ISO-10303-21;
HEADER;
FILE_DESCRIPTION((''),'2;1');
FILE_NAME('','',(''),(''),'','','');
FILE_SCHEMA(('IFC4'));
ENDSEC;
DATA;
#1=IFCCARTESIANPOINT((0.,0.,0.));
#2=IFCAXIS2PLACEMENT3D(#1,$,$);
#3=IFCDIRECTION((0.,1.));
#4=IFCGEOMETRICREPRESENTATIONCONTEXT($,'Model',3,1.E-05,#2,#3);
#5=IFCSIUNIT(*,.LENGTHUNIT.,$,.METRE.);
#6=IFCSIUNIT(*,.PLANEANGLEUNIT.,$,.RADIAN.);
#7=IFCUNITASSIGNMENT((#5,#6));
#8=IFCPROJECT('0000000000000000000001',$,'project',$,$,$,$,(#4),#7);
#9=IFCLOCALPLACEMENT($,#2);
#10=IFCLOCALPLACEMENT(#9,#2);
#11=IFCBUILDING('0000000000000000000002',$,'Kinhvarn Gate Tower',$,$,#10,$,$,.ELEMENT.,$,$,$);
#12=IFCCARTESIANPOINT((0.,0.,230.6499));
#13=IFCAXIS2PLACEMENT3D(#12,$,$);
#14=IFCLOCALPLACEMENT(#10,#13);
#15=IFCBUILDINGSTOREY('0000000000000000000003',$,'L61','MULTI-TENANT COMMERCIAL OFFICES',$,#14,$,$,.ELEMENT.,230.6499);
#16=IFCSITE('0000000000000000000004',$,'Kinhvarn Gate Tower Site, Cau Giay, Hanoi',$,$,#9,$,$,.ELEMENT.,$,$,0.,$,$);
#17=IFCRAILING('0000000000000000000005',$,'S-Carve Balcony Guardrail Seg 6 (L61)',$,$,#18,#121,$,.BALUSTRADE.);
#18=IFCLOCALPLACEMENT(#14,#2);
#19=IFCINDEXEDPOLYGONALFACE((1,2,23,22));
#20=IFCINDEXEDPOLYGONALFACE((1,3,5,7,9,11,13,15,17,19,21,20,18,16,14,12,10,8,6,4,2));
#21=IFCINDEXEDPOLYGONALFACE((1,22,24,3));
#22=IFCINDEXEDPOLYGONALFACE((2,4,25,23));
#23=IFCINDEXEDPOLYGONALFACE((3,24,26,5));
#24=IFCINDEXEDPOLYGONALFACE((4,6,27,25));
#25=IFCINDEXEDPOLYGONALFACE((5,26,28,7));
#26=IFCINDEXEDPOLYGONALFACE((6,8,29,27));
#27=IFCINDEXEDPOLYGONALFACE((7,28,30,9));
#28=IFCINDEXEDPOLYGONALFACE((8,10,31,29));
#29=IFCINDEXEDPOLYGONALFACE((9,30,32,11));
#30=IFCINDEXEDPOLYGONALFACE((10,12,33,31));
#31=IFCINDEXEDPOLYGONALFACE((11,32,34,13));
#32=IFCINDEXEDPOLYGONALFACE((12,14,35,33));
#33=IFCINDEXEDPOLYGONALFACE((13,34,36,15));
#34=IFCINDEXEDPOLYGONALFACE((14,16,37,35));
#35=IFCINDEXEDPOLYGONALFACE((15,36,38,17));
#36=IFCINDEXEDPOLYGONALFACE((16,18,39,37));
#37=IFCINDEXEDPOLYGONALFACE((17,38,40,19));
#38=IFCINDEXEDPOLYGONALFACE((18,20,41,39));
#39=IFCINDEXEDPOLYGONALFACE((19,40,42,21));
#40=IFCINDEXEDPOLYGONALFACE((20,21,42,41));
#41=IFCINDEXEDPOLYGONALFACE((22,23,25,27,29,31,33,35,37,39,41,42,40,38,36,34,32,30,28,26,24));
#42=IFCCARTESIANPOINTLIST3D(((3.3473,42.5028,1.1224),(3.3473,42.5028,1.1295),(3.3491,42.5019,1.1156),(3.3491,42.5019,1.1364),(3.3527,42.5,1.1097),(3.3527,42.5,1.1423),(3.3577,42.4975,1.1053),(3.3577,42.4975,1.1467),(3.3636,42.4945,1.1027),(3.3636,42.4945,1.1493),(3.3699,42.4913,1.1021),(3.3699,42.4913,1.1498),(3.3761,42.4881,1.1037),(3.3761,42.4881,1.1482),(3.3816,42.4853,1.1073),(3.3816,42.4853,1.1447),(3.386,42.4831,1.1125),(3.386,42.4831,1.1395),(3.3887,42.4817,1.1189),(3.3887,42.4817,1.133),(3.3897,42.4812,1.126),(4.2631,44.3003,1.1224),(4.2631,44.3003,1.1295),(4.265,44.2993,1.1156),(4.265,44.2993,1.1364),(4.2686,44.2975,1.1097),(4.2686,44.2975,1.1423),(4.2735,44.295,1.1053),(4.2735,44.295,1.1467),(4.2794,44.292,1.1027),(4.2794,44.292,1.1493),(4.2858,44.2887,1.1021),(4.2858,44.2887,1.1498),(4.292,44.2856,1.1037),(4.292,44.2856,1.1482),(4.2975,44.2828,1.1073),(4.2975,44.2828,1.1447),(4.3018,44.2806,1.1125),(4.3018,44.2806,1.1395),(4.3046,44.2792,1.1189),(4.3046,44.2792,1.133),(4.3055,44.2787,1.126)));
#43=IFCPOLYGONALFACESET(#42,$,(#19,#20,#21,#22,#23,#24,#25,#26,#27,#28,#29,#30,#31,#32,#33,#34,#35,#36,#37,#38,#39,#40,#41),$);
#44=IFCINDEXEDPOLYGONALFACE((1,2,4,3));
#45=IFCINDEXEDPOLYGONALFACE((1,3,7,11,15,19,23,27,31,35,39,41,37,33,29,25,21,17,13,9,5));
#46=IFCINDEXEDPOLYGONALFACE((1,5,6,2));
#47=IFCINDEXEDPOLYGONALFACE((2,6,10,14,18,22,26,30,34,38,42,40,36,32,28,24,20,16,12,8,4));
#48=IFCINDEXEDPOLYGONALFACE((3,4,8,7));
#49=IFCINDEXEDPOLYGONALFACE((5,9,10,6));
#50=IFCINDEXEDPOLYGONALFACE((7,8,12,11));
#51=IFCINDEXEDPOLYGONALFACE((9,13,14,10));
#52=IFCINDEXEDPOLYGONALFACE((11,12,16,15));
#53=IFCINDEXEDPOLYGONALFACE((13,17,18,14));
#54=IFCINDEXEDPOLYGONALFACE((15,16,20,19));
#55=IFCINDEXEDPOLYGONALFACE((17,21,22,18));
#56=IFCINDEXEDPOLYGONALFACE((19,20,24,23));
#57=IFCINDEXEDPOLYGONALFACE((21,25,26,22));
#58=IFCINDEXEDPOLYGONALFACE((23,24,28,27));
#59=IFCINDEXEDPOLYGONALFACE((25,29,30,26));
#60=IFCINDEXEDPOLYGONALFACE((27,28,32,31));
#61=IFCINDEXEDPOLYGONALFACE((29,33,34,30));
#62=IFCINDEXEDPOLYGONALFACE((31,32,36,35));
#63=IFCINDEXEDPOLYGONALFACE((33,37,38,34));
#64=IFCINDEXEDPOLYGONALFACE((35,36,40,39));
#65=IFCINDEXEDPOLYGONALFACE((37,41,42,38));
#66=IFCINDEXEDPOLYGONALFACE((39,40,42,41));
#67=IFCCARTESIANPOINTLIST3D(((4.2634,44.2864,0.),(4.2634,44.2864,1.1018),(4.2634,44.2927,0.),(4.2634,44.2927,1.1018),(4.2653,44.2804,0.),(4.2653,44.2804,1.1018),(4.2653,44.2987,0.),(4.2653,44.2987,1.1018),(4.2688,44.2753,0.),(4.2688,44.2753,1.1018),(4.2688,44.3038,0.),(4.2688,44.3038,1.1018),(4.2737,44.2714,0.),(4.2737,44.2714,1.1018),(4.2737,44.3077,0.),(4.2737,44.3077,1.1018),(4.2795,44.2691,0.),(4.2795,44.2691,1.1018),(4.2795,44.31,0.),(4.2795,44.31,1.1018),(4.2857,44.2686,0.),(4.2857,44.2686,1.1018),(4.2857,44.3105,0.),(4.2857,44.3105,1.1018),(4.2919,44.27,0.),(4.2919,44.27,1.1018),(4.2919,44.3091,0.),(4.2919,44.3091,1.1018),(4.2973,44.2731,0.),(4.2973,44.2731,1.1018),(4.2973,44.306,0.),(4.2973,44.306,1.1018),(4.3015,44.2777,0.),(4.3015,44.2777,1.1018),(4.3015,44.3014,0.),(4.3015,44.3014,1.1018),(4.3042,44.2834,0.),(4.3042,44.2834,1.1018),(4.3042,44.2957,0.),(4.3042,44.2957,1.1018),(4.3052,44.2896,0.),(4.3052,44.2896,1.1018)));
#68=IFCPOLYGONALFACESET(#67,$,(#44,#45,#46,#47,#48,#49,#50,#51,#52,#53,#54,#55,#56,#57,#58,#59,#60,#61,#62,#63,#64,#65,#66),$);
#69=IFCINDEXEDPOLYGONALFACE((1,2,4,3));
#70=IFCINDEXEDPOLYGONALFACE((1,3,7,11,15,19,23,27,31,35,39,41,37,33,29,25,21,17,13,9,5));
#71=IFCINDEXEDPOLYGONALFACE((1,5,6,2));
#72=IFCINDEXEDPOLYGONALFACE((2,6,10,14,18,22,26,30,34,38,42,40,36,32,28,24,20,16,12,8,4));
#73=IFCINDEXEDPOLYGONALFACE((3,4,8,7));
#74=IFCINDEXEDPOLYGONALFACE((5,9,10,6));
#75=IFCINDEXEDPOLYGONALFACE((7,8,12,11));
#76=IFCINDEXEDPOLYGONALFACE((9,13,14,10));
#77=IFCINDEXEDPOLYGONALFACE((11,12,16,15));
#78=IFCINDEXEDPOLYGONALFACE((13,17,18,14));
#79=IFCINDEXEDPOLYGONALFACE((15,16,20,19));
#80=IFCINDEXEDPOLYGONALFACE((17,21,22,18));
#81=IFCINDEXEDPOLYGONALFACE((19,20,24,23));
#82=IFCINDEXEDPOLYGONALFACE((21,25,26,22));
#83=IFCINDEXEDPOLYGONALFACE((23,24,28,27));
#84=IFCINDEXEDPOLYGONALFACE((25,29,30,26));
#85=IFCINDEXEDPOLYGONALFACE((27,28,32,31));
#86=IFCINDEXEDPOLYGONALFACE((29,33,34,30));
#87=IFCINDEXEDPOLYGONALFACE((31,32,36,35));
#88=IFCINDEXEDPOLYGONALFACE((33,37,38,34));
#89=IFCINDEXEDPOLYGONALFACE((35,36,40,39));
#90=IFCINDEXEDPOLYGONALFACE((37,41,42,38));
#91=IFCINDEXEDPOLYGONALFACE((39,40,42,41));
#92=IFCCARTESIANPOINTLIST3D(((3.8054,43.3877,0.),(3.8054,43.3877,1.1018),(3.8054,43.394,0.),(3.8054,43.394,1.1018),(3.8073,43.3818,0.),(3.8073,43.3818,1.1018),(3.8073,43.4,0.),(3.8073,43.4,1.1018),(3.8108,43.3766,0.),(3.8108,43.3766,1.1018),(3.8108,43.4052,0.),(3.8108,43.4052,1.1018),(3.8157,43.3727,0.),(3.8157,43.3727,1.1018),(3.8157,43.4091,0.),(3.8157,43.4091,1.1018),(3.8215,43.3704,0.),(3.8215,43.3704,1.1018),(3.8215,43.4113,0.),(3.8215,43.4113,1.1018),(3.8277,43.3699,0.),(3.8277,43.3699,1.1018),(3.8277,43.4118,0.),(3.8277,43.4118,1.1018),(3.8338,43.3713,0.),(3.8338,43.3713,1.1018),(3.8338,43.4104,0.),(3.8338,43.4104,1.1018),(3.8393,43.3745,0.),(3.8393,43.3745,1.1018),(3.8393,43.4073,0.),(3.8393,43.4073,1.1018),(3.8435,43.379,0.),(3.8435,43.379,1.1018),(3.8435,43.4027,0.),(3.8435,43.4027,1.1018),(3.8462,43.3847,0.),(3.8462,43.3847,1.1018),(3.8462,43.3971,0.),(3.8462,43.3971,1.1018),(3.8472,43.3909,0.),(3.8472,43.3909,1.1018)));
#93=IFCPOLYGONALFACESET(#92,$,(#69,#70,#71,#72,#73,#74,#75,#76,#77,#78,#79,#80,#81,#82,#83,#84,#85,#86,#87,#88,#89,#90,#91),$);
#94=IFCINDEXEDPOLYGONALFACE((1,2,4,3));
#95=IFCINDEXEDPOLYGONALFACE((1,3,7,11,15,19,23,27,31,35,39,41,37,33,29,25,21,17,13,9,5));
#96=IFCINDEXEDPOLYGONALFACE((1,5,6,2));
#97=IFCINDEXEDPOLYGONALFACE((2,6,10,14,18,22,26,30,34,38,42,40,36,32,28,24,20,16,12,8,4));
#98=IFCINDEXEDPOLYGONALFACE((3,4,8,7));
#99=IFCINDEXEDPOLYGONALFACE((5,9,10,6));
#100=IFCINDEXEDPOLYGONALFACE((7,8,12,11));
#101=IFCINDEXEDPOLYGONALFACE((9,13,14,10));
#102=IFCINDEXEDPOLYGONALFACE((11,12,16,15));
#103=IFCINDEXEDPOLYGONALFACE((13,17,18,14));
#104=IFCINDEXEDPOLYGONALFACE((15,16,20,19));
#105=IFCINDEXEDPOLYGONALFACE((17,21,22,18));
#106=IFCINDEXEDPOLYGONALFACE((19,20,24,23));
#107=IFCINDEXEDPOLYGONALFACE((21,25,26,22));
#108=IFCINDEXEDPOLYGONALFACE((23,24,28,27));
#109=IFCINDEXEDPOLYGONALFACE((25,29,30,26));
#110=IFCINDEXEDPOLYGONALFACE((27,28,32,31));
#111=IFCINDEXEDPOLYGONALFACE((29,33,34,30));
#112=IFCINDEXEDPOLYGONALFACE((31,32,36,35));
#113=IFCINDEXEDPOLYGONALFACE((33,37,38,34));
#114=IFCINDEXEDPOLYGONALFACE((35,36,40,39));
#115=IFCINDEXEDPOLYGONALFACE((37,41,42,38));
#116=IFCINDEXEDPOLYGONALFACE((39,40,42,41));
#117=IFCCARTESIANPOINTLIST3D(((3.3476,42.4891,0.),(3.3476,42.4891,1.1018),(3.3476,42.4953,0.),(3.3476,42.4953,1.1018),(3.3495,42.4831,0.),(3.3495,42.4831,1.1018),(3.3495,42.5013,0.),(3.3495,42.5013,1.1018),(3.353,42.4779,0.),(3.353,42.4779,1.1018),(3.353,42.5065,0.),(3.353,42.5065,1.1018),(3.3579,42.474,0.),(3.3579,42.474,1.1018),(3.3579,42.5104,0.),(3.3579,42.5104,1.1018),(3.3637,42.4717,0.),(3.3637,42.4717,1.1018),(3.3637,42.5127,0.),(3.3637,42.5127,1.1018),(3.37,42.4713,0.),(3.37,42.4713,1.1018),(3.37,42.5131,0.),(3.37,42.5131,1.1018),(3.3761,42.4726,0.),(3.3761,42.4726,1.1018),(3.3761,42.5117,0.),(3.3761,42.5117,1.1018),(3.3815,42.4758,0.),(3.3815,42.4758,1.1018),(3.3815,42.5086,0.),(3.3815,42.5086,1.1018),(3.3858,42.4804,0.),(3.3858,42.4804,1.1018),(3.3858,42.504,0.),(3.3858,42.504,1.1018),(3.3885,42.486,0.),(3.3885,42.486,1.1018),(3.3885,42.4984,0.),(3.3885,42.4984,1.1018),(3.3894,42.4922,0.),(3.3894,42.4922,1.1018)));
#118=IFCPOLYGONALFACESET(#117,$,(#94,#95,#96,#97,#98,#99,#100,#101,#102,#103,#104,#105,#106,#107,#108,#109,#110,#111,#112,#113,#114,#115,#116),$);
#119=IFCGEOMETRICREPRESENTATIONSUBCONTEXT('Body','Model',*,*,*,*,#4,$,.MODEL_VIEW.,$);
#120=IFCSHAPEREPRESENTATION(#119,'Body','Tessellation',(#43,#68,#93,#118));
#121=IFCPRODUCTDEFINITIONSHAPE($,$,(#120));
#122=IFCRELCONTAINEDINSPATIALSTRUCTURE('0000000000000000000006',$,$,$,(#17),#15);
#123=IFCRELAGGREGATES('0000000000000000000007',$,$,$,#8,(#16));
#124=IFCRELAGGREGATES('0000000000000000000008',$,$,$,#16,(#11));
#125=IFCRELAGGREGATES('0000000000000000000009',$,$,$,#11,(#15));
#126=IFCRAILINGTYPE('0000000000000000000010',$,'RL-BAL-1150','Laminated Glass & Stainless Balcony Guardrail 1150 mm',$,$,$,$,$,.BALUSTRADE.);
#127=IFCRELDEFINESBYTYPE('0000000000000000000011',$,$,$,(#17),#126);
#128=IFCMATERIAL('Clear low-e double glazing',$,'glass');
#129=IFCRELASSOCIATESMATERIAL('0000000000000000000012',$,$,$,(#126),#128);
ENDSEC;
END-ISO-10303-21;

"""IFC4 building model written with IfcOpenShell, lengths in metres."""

from ifc_helpers import new_model, si_unit, direction, frame, origin, origin_2d, place, context, subcontext, project, spatial, circle, extrude, material, type_object, element, save


model = new_model("IFC4")

# Units and contexts
model_context = context("Model", 3, precision=1e-05, world=origin(), true_north=direction((0.0, 1.0)))
body_context = subcontext(model_context, "Body", "Model", "MODEL_VIEW")
ifc_project = project(units=[si_unit("LENGTHUNIT", "METRE"), si_unit("PLANEANGLEUNIT", "RADIAN")], contexts=[model_context])

# Site, building, storey
site_placement = place(None, origin())
site = spatial("IfcSite", under=ifc_project, at=site_placement, Name="Kinhvarn Gate Tower Site, Cau Giay, Hanoi", CompositionType="ELEMENT", RefElevation=0.0)
building_placement = place(site_placement, origin())
building = spatial("IfcBuilding", under=site, at=building_placement, Name="Kinhvarn Gate Tower", CompositionType="ELEMENT")
storey_placement = place(building_placement, frame((0.0, 0.0, 230.6499)))
storey = spatial("IfcBuildingStorey", under=building, at=storey_placement, Name="L61", Description="MULTI-TENANT COMMERCIAL OFFICES", CompositionType="ELEMENT", Elevation=230.6499)

# Shared definitions
ifc_material_1 = material(Name="Clear low-e double glazing", Category="glass")

# Railing
railing_type = type_object("IfcRailingType", Name="RL-BAL-1150", Description="Laminated Glass & Stainless Balcony Guardrail 1150 mm", PredefinedType="BALUSTRADE", material=ifc_material_1)
railing_1_placement = place(storey_placement, frame((4.2842, 44.2896, 0.0)))
element("IfcRailing", 1, at=railing_1_placement, inside=storey, type_object=railing_type, Name="S-Carve Balcony Guardrail Seg 6 (L61)", PredefinedType="BALUSTRADE", context=body_context, shape_type="SweptSolid", body=[
    extrude(circle(Radius=0.0239, at=origin_2d()), frame((0.0, 0.0, 1.126), z_axis=(-0.453978, -0.891013, 0.0), x_axis=(0.891013, -0.453978, 0.0)), (0.0, 0.0, 1.0), 2.0173),
    extrude(circle(Radius=0.021, at=origin_2d()), origin(), (0.0, 0.0, 1.0), 1.1018),
    extrude(circle(Radius=0.021, at=origin_2d()), frame((-0.458, -0.8987, 0.0)), (0.0, 0.0, 1.0), 1.1018),
    extrude(circle(Radius=0.021, at=origin_2d()), frame((-0.9158, -1.7974, 0.0)), (0.0, 0.0, 1.0), 1.1018),
])

save(model, "model.ifc")
